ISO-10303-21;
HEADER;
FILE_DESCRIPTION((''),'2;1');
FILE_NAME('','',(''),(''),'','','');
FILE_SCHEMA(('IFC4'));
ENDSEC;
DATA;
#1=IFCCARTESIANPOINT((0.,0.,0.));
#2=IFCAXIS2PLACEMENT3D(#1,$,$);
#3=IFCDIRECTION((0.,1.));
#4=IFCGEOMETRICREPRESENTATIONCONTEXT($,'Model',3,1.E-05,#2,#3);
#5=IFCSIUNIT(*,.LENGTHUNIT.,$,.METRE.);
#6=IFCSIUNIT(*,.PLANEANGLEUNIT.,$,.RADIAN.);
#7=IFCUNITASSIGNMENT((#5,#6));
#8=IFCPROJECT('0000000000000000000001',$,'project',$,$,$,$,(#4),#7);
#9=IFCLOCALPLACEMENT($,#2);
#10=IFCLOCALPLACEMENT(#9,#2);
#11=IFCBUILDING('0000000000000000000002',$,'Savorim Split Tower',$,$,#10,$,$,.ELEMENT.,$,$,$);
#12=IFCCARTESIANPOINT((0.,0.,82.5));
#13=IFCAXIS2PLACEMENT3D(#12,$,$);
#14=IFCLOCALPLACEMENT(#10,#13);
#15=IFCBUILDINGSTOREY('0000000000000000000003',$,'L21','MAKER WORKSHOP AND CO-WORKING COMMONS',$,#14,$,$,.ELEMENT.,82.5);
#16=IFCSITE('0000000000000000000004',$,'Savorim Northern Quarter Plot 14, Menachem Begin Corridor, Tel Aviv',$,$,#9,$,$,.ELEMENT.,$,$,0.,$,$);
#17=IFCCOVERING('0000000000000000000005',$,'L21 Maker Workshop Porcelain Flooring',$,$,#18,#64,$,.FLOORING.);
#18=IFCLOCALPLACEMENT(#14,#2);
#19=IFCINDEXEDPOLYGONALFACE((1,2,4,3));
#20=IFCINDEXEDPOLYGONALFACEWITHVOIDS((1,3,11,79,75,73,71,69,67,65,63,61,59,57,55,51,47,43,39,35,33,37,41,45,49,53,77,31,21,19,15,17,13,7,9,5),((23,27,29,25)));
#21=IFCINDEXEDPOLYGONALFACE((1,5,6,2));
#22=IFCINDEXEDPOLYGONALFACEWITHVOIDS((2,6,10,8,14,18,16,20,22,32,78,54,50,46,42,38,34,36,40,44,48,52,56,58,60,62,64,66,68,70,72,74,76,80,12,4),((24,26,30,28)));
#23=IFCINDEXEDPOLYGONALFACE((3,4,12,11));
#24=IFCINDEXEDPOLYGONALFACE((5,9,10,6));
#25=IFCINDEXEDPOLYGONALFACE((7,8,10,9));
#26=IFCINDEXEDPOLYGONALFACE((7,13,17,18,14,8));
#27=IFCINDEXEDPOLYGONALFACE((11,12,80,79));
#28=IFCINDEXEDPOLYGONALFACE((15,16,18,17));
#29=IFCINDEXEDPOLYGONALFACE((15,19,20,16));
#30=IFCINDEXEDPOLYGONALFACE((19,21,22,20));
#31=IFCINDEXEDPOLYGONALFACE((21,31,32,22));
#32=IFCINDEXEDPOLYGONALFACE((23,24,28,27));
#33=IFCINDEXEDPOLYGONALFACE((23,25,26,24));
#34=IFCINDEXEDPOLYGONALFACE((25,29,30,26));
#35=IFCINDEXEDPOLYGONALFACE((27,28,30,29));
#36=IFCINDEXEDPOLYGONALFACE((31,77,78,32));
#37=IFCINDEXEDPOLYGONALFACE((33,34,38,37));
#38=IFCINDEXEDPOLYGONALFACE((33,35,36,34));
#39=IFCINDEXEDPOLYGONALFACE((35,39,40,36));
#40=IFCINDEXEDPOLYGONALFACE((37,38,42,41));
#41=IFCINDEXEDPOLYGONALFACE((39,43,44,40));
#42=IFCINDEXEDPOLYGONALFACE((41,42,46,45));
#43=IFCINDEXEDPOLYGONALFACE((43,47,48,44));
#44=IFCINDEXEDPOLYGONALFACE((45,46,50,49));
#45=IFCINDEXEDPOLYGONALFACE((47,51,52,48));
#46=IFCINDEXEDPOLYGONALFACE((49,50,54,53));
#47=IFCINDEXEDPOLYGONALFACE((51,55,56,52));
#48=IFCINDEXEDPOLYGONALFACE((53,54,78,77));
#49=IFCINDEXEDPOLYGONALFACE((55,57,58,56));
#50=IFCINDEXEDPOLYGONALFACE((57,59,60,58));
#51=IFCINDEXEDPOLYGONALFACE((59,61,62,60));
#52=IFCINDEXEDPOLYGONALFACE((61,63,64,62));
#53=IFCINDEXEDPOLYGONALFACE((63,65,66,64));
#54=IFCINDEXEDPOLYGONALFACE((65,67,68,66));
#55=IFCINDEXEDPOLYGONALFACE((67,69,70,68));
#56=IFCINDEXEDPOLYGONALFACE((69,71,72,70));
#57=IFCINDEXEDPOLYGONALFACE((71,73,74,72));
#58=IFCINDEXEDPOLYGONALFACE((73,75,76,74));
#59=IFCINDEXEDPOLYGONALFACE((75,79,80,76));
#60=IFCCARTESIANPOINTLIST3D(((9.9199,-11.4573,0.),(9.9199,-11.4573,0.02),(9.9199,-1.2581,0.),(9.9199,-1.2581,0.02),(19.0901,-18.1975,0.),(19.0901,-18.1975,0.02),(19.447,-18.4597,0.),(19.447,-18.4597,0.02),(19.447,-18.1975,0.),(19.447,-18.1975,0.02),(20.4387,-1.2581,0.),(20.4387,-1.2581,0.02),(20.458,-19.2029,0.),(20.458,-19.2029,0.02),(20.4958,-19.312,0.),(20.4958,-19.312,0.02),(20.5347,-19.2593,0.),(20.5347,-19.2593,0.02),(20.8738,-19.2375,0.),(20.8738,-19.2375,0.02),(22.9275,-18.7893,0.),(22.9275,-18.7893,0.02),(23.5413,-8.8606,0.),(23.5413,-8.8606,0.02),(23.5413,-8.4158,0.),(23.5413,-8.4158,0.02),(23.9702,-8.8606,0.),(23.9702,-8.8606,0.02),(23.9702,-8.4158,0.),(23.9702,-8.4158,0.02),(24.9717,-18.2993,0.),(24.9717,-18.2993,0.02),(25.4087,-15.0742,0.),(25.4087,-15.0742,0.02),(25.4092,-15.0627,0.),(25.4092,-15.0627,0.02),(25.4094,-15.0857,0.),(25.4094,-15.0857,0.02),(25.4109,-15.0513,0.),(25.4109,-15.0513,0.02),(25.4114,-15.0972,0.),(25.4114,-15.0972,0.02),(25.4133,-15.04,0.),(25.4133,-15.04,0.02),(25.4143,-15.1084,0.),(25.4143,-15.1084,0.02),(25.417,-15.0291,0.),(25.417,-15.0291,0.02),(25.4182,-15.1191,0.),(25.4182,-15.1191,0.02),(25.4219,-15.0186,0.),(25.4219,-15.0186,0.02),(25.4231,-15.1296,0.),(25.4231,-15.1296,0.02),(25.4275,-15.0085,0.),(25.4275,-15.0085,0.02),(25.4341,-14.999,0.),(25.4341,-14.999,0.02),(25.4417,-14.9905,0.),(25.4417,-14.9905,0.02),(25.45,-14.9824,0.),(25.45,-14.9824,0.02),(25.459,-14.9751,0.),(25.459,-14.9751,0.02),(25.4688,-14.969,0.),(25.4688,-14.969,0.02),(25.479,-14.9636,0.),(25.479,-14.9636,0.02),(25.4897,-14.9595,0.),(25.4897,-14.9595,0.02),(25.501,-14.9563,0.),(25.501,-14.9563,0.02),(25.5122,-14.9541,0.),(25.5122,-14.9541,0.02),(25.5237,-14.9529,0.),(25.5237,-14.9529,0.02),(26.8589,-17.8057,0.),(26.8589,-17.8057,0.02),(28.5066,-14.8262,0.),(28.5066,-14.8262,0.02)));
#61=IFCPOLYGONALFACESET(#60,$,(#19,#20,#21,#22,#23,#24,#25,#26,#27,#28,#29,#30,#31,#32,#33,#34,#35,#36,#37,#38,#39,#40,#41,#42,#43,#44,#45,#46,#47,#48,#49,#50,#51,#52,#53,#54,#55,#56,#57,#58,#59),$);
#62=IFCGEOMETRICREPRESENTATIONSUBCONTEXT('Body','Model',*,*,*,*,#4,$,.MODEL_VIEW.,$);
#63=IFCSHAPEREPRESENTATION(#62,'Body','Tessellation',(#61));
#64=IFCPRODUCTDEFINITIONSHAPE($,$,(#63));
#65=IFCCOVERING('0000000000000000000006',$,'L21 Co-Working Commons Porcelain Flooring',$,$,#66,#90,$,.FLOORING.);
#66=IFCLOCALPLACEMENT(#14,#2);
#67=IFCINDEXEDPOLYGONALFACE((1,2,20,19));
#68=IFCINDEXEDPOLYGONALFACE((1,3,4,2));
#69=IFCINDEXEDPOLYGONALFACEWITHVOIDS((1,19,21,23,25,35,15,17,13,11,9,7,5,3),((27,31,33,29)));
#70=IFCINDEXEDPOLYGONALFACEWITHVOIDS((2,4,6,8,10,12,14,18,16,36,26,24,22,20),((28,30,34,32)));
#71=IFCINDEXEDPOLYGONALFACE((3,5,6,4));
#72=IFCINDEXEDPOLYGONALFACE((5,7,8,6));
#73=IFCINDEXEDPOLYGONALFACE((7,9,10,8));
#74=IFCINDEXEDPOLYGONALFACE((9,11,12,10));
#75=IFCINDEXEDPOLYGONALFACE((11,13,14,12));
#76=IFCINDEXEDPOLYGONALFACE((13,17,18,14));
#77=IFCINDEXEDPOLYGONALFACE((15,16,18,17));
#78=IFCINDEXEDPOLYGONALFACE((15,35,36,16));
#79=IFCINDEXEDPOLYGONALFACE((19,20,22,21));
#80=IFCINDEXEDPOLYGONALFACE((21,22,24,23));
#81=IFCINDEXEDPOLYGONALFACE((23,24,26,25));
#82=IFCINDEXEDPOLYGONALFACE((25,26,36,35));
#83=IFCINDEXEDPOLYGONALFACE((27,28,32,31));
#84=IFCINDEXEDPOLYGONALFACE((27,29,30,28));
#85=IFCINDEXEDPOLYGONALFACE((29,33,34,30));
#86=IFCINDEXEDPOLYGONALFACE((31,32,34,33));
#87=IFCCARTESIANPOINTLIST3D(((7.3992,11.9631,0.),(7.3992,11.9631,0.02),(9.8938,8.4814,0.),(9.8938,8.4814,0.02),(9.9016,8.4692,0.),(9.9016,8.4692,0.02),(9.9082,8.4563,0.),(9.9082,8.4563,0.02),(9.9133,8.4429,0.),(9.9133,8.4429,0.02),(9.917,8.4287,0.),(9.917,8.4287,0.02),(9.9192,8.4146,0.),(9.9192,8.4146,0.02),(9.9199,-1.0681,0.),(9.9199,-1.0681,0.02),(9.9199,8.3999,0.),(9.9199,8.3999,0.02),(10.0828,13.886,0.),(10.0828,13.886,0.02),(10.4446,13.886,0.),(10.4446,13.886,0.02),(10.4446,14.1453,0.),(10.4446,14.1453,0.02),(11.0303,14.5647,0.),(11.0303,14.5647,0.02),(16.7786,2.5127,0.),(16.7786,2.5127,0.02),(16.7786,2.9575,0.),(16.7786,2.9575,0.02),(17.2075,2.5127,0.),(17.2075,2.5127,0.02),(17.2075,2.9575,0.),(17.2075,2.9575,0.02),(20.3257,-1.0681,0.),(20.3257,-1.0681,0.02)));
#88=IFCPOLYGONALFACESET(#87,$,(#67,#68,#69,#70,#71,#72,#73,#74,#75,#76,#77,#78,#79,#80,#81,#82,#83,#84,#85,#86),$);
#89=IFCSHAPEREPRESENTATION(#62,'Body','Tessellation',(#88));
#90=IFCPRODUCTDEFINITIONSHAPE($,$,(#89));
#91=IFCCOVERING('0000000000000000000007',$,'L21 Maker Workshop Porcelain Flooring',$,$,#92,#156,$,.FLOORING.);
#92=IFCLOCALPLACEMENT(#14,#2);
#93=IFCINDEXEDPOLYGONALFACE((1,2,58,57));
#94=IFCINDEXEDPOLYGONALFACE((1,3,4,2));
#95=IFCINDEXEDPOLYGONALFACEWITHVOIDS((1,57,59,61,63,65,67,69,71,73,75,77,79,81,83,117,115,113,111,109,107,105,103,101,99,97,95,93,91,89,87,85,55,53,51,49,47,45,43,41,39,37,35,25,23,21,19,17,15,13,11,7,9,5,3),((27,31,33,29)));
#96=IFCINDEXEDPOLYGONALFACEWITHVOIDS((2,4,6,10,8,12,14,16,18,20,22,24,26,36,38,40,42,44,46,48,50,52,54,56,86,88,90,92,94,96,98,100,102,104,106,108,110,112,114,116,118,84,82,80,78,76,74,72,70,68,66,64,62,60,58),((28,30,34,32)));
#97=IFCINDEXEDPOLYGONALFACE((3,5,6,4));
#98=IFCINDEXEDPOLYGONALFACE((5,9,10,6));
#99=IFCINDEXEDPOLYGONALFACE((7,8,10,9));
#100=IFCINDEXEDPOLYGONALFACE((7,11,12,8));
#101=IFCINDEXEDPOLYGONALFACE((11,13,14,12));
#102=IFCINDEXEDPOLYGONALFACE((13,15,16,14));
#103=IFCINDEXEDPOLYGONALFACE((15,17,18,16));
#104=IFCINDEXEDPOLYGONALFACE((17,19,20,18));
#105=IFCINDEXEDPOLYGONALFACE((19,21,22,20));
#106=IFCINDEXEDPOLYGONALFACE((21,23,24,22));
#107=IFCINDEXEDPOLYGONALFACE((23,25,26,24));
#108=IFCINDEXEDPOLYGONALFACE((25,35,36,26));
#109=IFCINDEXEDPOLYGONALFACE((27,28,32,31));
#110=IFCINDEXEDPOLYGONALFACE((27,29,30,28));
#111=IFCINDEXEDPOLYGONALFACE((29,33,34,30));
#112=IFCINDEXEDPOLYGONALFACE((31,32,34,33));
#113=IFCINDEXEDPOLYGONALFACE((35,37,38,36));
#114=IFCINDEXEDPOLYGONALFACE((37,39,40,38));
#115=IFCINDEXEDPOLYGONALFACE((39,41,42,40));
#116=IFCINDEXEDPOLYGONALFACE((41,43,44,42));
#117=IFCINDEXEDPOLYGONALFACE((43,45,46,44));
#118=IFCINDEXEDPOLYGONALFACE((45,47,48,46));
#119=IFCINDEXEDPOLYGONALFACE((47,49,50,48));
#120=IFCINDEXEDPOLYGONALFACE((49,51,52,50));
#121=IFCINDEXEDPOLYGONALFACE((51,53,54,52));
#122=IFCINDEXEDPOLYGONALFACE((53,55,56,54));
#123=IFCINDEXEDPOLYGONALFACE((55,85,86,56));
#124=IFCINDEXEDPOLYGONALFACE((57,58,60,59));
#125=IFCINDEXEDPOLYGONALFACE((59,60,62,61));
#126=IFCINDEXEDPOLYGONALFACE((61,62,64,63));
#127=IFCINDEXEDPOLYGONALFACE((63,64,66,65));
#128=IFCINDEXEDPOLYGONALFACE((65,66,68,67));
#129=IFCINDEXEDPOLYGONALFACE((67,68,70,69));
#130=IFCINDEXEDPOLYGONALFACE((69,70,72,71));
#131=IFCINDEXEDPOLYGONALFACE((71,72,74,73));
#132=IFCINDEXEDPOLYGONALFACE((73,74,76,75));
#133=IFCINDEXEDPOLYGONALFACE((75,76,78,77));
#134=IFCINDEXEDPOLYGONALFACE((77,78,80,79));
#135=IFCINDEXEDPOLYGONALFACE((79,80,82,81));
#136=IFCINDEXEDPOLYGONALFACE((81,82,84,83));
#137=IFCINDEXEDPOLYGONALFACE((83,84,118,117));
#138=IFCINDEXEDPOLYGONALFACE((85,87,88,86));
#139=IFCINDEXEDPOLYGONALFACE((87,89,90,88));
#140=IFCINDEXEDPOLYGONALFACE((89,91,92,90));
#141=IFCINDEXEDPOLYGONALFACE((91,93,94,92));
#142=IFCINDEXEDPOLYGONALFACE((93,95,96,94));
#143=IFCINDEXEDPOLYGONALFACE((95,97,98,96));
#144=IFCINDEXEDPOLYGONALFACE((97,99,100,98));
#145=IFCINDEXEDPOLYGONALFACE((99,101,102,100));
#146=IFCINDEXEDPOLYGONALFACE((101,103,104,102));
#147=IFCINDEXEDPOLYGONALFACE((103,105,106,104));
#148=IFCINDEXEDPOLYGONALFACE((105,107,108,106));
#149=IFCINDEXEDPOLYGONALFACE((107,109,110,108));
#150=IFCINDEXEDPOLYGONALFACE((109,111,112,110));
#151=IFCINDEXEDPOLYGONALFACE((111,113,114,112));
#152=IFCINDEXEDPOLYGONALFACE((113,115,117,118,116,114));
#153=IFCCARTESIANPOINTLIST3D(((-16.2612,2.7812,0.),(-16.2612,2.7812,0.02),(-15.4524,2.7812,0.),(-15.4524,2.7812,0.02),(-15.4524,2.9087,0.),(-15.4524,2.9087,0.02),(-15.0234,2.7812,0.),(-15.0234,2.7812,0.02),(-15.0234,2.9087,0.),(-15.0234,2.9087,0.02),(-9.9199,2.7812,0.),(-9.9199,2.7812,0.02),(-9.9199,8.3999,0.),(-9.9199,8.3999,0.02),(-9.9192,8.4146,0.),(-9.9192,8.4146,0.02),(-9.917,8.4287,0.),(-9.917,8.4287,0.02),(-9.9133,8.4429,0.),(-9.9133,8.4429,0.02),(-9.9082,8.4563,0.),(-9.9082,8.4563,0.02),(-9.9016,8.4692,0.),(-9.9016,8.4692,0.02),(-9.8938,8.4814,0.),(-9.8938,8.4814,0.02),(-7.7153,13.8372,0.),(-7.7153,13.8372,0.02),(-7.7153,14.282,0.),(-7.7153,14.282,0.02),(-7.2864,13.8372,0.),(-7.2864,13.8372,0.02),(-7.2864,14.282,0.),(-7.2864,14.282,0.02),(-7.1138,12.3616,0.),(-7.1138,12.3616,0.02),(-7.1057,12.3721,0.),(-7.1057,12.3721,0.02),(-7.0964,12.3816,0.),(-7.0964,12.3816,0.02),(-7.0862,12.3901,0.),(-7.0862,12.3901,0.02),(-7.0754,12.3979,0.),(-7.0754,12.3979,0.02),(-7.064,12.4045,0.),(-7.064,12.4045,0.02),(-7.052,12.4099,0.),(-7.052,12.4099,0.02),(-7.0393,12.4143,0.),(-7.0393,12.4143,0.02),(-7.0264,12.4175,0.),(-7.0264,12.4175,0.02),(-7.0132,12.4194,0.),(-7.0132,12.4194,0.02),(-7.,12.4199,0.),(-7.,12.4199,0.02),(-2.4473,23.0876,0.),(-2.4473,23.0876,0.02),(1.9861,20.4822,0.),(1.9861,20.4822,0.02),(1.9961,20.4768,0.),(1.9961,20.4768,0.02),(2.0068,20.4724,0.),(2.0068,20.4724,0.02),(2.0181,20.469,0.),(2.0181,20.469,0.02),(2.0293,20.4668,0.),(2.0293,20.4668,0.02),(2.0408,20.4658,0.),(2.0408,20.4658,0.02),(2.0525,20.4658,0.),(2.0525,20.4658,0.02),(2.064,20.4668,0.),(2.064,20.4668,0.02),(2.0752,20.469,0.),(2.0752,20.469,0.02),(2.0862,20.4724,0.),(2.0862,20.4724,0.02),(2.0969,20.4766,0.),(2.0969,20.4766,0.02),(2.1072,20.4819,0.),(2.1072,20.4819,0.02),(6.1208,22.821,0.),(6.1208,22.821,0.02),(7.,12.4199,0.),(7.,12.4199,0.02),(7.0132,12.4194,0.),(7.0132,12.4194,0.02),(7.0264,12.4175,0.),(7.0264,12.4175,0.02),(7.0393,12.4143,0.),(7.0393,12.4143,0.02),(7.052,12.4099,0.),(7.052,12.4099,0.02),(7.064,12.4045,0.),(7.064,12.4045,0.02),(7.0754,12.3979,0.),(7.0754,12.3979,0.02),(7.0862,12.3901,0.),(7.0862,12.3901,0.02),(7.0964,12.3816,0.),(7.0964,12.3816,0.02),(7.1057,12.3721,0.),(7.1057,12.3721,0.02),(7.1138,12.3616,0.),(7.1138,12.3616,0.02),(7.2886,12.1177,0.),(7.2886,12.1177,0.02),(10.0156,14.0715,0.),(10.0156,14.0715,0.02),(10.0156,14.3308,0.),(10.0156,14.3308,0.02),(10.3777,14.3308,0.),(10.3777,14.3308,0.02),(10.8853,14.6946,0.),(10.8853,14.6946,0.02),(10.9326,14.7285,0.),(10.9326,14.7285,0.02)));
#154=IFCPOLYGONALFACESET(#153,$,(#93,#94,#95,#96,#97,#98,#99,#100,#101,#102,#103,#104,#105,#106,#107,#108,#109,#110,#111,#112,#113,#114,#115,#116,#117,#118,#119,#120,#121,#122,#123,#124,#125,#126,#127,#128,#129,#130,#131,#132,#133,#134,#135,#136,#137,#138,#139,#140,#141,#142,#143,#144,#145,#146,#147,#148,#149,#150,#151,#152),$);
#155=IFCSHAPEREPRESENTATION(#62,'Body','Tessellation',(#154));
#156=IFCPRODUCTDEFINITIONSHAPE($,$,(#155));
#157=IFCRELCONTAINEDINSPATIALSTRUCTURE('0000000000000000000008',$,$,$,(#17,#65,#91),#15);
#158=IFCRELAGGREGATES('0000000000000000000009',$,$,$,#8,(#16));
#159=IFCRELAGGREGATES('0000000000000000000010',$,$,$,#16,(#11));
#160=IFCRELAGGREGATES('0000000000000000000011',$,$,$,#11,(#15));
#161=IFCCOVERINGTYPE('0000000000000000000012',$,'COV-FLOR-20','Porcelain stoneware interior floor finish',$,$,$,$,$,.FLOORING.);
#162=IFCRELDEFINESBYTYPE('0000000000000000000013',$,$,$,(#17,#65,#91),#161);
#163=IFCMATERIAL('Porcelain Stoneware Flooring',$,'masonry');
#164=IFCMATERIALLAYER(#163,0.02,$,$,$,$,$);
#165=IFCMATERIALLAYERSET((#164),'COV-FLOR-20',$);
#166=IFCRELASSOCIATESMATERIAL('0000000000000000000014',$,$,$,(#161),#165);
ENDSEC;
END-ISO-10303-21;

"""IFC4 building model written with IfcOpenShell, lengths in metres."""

from ifc_helpers import new_model, si_unit, direction, frame, origin, place, context, subcontext, project, spatial, polyline, outline, extrude, material, layer, layer_set, type_object, element, save


model = new_model("IFC4")

# Units and contexts
model_context = context("Model", 3, precision=1e-05, world=origin(), true_north=direction((0.0, 1.0)))
body_context = subcontext(model_context, "Body", "Model", "MODEL_VIEW")
ifc_project = project(units=[si_unit("LENGTHUNIT", "METRE"), si_unit("PLANEANGLEUNIT", "RADIAN")], contexts=[model_context])

# Site, building, storey
site_placement = place(None, origin())
site = spatial("IfcSite", under=ifc_project, at=site_placement, Name="Savorim Northern Quarter Plot 14, Menachem Begin Corridor, Tel Aviv", CompositionType="ELEMENT", RefElevation=0.0)
building_placement = place(site_placement, origin())
building = spatial("IfcBuilding", under=site, at=building_placement, Name="Savorim Split Tower", CompositionType="ELEMENT")
storey_placement = place(building_placement, frame((0.0, 0.0, 82.5)))
storey = spatial("IfcBuildingStorey", under=building, at=storey_placement, Name="L21", Description="MAKER WORKSHOP AND CO-WORKING COMMONS", CompositionType="ELEMENT", Elevation=82.5)

# Coverings
ifc_material_1 = material(Name="Porcelain Stoneware Flooring", Category="masonry")
ifc_layer_1 = layer(ifc_material_1, 0.02)
ifc_layer_set_1 = layer_set([ifc_layer_1], Name="COV-FLOR-20")
covering_type_1 = type_object("IfcCoveringType", Name="COV-FLOR-20", Description="Porcelain stoneware interior floor finish", PredefinedType="FLOORING", material=ifc_layer_set_1)
covering_1_placement = place(storey_placement, origin())
element("IfcCovering", 1, at=covering_1_placement, inside=storey, type_object=covering_type_1, Name="L21 Maker Workshop Porcelain Flooring", PredefinedType="FLOORING", context=body_context, shape_type="SweptSolid", body=[
    extrude(outline(polyline([(25.501, -14.9563), (25.5122, -14.9541), (25.5237, -14.9529), (28.5066, -14.8262), (20.4387, -1.2581), (9.9199, -1.2581), (9.9199, -11.4573), (19.0901, -18.1975), (19.447, -18.1975), (19.447, -18.4597), (20.458, -19.2029), (20.5347, -19.2593), (20.4958, -19.312), (20.8738, -19.2375), (22.9275, -18.7893), (24.9717, -18.2993), (26.8589, -17.8057), (25.4231, -15.1296), (25.4182, -15.1191), (25.4143, -15.1084), (25.4114, -15.0972), (25.4094, -15.0857), (25.4087, -15.0742), (25.4092, -15.0627), (25.4109, -15.0513), (25.4133, -15.04), (25.417, -15.0291), (25.4219, -15.0186), (25.4275, -15.0085), (25.4341, -14.999), (25.4417, -14.9905), (25.45, -14.9824), (25.459, -14.9751), (25.4688, -14.969), (25.479, -14.9636), (25.4897, -14.9595), (25.501, -14.9563)]), holes=[polyline([(23.9702, -8.8606), (23.9702, -8.4158), (23.5413, -8.4158), (23.5413, -8.8606), (23.9702, -8.8606)])]), origin(), (0.0, 0.0, 1.0), 0.02),
])
covering_2_placement = place(storey_placement, origin())
element("IfcCovering", 2, at=covering_2_placement, inside=storey, type_object=covering_type_1, Name="L21 Co-Working Commons Porcelain Flooring", PredefinedType="FLOORING", context=body_context, shape_type="SweptSolid", body=[
    extrude(outline(polyline([(9.917, 8.4287), (9.9192, 8.4146), (9.9199, 8.3999), (9.9199, -1.0681), (20.3257, -1.0681), (11.0303, 14.5647), (10.4446, 14.1453), (10.4446, 13.886), (10.0828, 13.886), (7.3992, 11.9631), (7.3992, 11.9631), (9.8938, 8.4814), (9.9016, 8.4692), (9.9082, 8.4563), (9.9133, 8.4429), (9.917, 8.4287)]), holes=[polyline([(17.2075, 2.5127), (17.2075, 2.9575), (16.7786, 2.9575), (16.7786, 2.5127), (17.2075, 2.5127)])]), origin(), (0.0, 0.0, 1.0), 0.02),
])
covering_3_placement = place(storey_placement, origin())
element("IfcCovering", 3, at=covering_3_placement, inside=storey, type_object=covering_type_1, Name="L21 Maker Workshop Porcelain Flooring", PredefinedType="FLOORING", context=body_context, shape_type="SweptSolid", body=[
    extrude(outline(polyline([(2.0068, 20.4724), (1.9961, 20.4768), (1.9861, 20.4822), (-2.4473, 23.0876), (-16.2612, 2.7812), (-15.4524, 2.7812), (-15.4524, 2.9087), (-15.0234, 2.9087), (-15.0234, 2.7812), (-9.9199, 2.7812), (-9.9199, 8.3999), (-9.9192, 8.4146), (-9.917, 8.4287), (-9.9133, 8.4429), (-9.9082, 8.4563), (-9.9016, 8.4692), (-9.8938, 8.4814), (-7.1138, 12.3616), (-7.1057, 12.3721), (-7.0964, 12.3816), (-7.0862, 12.3901), (-7.0754, 12.3979), (-7.064, 12.4045), (-7.052, 12.4099), (-7.0393, 12.4143), (-7.0264, 12.4175), (-7.0132, 12.4194), (-7.0, 12.4199), (7.0, 12.4199), (7.0132, 12.4194), (7.0264, 12.4175), (7.0393, 12.4143), (7.052, 12.4099), (7.064, 12.4045), (7.0754, 12.3979), (7.0862, 12.3901), (7.0964, 12.3816), (7.1057, 12.3721), (7.1138, 12.3616), (7.2886, 12.1177), (10.0156, 14.0715), (10.0156, 14.3308), (10.3777, 14.3308), (10.8853, 14.6946), (10.9326, 14.7285), (6.1208, 22.821), (2.1072, 20.4819), (2.0969, 20.4766), (2.0862, 20.4724), (2.0752, 20.469), (2.064, 20.4668), (2.0525, 20.4658), (2.0408, 20.4658), (2.0293, 20.4668), (2.0181, 20.469), (2.0068, 20.4724)]), holes=[polyline([(-7.2864, 14.282), (-7.7153, 14.282), (-7.7153, 13.8372), (-7.2864, 13.8372), (-7.2864, 14.282)])]), origin(), (0.0, 0.0, 1.0), 0.02),
])

save(model, "model.ifc")
